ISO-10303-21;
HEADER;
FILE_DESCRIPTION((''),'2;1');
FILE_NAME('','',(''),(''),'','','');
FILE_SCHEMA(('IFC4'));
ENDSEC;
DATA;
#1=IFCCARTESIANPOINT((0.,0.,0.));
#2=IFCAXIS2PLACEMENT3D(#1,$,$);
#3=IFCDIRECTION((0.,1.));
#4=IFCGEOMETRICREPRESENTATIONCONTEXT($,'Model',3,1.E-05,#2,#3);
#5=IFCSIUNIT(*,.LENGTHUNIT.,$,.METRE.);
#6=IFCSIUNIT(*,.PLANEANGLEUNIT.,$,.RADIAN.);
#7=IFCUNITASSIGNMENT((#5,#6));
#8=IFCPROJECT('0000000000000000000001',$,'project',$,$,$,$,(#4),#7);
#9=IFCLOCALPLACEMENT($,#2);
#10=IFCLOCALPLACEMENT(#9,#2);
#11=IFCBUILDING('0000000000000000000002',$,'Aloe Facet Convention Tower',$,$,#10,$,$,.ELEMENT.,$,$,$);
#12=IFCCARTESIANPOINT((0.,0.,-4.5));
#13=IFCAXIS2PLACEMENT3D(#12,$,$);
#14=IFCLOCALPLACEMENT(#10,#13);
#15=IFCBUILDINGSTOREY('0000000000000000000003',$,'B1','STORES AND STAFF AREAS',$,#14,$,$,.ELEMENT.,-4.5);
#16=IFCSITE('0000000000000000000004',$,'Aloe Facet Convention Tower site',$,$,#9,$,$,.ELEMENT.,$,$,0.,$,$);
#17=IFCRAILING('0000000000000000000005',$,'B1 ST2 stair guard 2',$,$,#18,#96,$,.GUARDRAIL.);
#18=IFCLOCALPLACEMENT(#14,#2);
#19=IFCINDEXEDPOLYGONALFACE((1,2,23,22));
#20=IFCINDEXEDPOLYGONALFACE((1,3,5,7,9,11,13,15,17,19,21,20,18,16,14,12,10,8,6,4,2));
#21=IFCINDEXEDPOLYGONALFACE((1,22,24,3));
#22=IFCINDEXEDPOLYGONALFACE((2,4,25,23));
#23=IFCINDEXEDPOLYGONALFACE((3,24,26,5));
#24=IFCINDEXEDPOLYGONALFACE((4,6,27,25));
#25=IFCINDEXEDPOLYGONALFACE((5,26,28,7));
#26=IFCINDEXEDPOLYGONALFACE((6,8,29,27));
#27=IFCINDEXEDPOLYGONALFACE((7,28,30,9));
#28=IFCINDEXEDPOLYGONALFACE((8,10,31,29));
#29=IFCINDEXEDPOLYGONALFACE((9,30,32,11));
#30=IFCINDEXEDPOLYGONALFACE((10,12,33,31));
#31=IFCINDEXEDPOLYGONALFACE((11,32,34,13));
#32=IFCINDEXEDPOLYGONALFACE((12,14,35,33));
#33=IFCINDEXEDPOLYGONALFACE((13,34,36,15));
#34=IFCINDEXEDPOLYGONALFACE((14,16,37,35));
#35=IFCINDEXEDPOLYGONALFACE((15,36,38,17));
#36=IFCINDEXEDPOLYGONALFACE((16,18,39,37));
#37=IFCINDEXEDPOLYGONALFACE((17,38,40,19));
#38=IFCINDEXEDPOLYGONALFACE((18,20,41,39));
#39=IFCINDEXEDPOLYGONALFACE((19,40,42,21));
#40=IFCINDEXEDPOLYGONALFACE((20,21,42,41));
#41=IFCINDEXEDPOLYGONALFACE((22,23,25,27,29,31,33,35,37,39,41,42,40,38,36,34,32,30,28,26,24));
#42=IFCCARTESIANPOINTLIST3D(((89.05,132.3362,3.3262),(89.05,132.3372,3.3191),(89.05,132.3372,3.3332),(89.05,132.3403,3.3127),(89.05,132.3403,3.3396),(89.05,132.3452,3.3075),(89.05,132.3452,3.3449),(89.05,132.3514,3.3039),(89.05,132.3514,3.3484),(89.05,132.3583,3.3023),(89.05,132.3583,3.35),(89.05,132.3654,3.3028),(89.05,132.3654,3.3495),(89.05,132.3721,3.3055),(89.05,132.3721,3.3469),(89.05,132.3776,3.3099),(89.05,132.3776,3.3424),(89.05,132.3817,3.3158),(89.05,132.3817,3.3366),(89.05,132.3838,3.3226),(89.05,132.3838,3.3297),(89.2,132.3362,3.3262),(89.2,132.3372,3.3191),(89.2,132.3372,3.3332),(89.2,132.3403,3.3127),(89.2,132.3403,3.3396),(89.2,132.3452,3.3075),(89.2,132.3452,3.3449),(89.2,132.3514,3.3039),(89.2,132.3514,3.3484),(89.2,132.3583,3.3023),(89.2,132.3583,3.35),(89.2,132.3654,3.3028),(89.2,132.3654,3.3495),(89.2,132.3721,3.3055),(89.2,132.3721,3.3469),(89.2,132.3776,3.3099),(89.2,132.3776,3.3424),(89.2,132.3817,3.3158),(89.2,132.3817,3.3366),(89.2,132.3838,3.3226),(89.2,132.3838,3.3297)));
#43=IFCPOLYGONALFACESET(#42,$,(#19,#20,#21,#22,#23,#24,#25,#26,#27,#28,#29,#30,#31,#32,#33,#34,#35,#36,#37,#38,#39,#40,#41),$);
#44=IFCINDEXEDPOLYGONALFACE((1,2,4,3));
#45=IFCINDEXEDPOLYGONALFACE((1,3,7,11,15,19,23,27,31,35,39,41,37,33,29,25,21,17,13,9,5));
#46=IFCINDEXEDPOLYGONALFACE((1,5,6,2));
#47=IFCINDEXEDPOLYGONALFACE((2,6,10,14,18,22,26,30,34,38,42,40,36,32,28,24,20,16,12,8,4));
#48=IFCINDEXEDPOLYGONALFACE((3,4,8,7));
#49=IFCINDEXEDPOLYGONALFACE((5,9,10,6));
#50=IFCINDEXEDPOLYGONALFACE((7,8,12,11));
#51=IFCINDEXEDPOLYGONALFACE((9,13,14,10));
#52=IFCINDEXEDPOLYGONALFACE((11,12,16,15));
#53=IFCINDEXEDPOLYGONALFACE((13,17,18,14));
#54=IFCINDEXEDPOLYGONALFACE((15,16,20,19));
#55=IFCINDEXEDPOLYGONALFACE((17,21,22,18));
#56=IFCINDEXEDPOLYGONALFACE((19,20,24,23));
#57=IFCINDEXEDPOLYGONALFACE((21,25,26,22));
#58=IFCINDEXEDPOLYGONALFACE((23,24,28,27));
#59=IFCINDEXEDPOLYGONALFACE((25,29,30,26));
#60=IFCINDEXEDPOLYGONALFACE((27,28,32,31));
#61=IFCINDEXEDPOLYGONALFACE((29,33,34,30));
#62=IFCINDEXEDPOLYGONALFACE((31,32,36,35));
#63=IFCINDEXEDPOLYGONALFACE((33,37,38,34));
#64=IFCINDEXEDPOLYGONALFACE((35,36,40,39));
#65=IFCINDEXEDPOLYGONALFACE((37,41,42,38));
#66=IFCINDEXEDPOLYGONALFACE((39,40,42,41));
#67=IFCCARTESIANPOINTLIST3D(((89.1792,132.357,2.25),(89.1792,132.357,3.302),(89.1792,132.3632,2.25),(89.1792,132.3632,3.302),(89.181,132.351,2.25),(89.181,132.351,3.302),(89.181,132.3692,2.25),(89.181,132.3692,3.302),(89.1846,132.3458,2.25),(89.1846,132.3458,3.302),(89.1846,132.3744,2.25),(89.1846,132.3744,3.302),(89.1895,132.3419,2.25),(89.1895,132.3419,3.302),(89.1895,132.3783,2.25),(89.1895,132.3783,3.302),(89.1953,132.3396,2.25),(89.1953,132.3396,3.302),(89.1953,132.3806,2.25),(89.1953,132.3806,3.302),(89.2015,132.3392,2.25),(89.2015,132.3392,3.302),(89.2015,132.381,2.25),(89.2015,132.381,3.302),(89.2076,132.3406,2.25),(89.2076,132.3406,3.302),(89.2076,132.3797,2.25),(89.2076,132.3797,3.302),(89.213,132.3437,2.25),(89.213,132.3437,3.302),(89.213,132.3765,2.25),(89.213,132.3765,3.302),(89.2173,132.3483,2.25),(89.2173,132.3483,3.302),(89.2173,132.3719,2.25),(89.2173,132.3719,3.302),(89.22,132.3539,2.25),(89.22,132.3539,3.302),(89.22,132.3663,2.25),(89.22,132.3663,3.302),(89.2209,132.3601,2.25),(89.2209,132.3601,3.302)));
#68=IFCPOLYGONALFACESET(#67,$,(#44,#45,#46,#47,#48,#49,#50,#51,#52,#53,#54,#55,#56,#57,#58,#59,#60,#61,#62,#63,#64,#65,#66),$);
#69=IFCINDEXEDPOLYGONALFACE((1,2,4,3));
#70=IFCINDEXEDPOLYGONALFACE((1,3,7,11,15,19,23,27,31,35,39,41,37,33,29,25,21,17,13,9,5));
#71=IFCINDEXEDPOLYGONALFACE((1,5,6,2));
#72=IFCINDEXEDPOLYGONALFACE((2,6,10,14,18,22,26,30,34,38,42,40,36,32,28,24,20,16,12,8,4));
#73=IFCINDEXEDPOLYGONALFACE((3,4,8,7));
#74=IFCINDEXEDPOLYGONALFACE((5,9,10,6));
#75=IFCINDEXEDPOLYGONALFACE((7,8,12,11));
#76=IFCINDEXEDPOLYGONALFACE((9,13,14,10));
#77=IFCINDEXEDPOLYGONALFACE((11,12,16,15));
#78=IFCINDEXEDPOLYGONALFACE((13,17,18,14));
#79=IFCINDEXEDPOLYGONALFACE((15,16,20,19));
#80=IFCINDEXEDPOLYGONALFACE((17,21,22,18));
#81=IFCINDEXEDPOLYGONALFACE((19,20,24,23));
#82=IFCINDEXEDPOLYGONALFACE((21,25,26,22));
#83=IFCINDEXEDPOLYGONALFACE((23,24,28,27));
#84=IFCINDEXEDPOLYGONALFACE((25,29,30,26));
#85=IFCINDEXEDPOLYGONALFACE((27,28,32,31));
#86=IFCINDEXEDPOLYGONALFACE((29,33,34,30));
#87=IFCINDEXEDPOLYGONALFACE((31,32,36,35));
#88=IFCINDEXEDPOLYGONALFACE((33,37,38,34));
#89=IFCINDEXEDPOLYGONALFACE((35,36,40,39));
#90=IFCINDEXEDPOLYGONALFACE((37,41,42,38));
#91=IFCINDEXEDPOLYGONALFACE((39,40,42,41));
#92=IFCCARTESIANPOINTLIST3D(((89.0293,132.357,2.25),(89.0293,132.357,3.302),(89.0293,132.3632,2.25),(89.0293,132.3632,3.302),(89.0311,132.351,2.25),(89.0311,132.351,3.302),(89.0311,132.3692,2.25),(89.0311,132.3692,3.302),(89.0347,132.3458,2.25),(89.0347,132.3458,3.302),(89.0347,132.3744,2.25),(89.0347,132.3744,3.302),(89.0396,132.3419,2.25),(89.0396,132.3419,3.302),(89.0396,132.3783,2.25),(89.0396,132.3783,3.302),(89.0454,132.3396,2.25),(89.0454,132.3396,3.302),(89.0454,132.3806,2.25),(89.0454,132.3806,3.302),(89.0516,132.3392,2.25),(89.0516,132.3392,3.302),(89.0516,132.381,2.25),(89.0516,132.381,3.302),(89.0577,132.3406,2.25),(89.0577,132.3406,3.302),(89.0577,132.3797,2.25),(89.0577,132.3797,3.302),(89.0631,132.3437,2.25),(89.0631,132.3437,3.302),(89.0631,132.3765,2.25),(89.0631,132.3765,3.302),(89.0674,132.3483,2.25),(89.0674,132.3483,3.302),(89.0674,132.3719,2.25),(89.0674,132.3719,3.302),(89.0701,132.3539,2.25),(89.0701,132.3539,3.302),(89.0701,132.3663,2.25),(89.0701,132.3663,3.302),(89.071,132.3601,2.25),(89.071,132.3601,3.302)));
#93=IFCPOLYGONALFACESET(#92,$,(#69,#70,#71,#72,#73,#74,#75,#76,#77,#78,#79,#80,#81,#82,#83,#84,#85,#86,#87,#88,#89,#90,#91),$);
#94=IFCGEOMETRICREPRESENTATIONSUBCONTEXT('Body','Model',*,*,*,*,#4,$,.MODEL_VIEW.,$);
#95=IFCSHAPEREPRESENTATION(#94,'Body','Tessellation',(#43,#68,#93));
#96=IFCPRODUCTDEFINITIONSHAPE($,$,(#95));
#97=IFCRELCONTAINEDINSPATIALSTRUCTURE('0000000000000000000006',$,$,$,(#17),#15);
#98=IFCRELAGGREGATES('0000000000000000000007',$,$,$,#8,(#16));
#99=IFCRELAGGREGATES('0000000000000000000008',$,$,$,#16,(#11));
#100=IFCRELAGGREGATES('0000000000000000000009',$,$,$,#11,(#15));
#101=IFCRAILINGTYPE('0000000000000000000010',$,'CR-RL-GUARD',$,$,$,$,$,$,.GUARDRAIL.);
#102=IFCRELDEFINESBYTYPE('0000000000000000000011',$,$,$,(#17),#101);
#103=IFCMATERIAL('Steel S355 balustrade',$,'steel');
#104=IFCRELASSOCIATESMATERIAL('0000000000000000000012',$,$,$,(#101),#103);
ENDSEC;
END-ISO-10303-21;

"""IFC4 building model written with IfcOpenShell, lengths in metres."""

from ifc_helpers import new_model, si_unit, direction, frame, origin, origin_2d, place, context, subcontext, project, spatial, circle, extrude, material, type_object, element, save


model = new_model("IFC4")

# Units and contexts
model_context = context("Model", 3, precision=1e-05, world=origin(), true_north=direction((0.0, 1.0)))
body_context = subcontext(model_context, "Body", "Model", "MODEL_VIEW")
ifc_project = project(units=[si_unit("LENGTHUNIT", "METRE"), si_unit("PLANEANGLEUNIT", "RADIAN")], contexts=[model_context])

# Site, building, storey
site_placement = place(None, origin())
site = spatial("IfcSite", under=ifc_project, at=site_placement, Name="Aloe Facet Convention Tower site", CompositionType="ELEMENT", RefElevation=0.0)
building_placement = place(site_placement, origin())
building = spatial("IfcBuilding", under=site, at=building_placement, Name="Aloe Facet Convention Tower", CompositionType="ELEMENT")
storey_placement = place(building_placement, frame((0.0, 0.0, -4.5)))
storey = spatial("IfcBuildingStorey", under=building, at=storey_placement, Name="B1", Description="STORES AND STAFF AREAS", CompositionType="ELEMENT", Elevation=-4.5)

# Railing
ifc_material_1 = material(Name="Steel S355 balustrade", Category="steel")
railing_type_1 = type_object("IfcRailingType", Name="CR-RL-GUARD", PredefinedType="GUARDRAIL", material=ifc_material_1)
railing_1_placement = place(storey_placement, frame((89.2, 132.3601, 2.25)))
element("IfcRailing", 1, at=railing_1_placement, inside=storey, type_object=railing_type_1, Name="B1 ST2 stair guard 2", PredefinedType="GUARDRAIL", context=body_context, shape_type="SweptSolid", body=[
    extrude(circle(Radius=0.0239, at=origin_2d()), frame((0.0, 0.0, 1.0762), z_axis=(-1.0, 0.0, 0.0), x_axis=(0.0, -1.0, 0.0)), (0.0, 0.0, 1.0), 0.1499),
    extrude(circle(Radius=0.021, at=origin_2d()), origin(), (0.0, 0.0, 1.0), 1.052),
    extrude(circle(Radius=0.021, at=origin_2d()), frame((-0.1499, 0.0, 0.0)), (0.0, 0.0, 1.0), 1.052),
])

save(model, "model.ifc")
